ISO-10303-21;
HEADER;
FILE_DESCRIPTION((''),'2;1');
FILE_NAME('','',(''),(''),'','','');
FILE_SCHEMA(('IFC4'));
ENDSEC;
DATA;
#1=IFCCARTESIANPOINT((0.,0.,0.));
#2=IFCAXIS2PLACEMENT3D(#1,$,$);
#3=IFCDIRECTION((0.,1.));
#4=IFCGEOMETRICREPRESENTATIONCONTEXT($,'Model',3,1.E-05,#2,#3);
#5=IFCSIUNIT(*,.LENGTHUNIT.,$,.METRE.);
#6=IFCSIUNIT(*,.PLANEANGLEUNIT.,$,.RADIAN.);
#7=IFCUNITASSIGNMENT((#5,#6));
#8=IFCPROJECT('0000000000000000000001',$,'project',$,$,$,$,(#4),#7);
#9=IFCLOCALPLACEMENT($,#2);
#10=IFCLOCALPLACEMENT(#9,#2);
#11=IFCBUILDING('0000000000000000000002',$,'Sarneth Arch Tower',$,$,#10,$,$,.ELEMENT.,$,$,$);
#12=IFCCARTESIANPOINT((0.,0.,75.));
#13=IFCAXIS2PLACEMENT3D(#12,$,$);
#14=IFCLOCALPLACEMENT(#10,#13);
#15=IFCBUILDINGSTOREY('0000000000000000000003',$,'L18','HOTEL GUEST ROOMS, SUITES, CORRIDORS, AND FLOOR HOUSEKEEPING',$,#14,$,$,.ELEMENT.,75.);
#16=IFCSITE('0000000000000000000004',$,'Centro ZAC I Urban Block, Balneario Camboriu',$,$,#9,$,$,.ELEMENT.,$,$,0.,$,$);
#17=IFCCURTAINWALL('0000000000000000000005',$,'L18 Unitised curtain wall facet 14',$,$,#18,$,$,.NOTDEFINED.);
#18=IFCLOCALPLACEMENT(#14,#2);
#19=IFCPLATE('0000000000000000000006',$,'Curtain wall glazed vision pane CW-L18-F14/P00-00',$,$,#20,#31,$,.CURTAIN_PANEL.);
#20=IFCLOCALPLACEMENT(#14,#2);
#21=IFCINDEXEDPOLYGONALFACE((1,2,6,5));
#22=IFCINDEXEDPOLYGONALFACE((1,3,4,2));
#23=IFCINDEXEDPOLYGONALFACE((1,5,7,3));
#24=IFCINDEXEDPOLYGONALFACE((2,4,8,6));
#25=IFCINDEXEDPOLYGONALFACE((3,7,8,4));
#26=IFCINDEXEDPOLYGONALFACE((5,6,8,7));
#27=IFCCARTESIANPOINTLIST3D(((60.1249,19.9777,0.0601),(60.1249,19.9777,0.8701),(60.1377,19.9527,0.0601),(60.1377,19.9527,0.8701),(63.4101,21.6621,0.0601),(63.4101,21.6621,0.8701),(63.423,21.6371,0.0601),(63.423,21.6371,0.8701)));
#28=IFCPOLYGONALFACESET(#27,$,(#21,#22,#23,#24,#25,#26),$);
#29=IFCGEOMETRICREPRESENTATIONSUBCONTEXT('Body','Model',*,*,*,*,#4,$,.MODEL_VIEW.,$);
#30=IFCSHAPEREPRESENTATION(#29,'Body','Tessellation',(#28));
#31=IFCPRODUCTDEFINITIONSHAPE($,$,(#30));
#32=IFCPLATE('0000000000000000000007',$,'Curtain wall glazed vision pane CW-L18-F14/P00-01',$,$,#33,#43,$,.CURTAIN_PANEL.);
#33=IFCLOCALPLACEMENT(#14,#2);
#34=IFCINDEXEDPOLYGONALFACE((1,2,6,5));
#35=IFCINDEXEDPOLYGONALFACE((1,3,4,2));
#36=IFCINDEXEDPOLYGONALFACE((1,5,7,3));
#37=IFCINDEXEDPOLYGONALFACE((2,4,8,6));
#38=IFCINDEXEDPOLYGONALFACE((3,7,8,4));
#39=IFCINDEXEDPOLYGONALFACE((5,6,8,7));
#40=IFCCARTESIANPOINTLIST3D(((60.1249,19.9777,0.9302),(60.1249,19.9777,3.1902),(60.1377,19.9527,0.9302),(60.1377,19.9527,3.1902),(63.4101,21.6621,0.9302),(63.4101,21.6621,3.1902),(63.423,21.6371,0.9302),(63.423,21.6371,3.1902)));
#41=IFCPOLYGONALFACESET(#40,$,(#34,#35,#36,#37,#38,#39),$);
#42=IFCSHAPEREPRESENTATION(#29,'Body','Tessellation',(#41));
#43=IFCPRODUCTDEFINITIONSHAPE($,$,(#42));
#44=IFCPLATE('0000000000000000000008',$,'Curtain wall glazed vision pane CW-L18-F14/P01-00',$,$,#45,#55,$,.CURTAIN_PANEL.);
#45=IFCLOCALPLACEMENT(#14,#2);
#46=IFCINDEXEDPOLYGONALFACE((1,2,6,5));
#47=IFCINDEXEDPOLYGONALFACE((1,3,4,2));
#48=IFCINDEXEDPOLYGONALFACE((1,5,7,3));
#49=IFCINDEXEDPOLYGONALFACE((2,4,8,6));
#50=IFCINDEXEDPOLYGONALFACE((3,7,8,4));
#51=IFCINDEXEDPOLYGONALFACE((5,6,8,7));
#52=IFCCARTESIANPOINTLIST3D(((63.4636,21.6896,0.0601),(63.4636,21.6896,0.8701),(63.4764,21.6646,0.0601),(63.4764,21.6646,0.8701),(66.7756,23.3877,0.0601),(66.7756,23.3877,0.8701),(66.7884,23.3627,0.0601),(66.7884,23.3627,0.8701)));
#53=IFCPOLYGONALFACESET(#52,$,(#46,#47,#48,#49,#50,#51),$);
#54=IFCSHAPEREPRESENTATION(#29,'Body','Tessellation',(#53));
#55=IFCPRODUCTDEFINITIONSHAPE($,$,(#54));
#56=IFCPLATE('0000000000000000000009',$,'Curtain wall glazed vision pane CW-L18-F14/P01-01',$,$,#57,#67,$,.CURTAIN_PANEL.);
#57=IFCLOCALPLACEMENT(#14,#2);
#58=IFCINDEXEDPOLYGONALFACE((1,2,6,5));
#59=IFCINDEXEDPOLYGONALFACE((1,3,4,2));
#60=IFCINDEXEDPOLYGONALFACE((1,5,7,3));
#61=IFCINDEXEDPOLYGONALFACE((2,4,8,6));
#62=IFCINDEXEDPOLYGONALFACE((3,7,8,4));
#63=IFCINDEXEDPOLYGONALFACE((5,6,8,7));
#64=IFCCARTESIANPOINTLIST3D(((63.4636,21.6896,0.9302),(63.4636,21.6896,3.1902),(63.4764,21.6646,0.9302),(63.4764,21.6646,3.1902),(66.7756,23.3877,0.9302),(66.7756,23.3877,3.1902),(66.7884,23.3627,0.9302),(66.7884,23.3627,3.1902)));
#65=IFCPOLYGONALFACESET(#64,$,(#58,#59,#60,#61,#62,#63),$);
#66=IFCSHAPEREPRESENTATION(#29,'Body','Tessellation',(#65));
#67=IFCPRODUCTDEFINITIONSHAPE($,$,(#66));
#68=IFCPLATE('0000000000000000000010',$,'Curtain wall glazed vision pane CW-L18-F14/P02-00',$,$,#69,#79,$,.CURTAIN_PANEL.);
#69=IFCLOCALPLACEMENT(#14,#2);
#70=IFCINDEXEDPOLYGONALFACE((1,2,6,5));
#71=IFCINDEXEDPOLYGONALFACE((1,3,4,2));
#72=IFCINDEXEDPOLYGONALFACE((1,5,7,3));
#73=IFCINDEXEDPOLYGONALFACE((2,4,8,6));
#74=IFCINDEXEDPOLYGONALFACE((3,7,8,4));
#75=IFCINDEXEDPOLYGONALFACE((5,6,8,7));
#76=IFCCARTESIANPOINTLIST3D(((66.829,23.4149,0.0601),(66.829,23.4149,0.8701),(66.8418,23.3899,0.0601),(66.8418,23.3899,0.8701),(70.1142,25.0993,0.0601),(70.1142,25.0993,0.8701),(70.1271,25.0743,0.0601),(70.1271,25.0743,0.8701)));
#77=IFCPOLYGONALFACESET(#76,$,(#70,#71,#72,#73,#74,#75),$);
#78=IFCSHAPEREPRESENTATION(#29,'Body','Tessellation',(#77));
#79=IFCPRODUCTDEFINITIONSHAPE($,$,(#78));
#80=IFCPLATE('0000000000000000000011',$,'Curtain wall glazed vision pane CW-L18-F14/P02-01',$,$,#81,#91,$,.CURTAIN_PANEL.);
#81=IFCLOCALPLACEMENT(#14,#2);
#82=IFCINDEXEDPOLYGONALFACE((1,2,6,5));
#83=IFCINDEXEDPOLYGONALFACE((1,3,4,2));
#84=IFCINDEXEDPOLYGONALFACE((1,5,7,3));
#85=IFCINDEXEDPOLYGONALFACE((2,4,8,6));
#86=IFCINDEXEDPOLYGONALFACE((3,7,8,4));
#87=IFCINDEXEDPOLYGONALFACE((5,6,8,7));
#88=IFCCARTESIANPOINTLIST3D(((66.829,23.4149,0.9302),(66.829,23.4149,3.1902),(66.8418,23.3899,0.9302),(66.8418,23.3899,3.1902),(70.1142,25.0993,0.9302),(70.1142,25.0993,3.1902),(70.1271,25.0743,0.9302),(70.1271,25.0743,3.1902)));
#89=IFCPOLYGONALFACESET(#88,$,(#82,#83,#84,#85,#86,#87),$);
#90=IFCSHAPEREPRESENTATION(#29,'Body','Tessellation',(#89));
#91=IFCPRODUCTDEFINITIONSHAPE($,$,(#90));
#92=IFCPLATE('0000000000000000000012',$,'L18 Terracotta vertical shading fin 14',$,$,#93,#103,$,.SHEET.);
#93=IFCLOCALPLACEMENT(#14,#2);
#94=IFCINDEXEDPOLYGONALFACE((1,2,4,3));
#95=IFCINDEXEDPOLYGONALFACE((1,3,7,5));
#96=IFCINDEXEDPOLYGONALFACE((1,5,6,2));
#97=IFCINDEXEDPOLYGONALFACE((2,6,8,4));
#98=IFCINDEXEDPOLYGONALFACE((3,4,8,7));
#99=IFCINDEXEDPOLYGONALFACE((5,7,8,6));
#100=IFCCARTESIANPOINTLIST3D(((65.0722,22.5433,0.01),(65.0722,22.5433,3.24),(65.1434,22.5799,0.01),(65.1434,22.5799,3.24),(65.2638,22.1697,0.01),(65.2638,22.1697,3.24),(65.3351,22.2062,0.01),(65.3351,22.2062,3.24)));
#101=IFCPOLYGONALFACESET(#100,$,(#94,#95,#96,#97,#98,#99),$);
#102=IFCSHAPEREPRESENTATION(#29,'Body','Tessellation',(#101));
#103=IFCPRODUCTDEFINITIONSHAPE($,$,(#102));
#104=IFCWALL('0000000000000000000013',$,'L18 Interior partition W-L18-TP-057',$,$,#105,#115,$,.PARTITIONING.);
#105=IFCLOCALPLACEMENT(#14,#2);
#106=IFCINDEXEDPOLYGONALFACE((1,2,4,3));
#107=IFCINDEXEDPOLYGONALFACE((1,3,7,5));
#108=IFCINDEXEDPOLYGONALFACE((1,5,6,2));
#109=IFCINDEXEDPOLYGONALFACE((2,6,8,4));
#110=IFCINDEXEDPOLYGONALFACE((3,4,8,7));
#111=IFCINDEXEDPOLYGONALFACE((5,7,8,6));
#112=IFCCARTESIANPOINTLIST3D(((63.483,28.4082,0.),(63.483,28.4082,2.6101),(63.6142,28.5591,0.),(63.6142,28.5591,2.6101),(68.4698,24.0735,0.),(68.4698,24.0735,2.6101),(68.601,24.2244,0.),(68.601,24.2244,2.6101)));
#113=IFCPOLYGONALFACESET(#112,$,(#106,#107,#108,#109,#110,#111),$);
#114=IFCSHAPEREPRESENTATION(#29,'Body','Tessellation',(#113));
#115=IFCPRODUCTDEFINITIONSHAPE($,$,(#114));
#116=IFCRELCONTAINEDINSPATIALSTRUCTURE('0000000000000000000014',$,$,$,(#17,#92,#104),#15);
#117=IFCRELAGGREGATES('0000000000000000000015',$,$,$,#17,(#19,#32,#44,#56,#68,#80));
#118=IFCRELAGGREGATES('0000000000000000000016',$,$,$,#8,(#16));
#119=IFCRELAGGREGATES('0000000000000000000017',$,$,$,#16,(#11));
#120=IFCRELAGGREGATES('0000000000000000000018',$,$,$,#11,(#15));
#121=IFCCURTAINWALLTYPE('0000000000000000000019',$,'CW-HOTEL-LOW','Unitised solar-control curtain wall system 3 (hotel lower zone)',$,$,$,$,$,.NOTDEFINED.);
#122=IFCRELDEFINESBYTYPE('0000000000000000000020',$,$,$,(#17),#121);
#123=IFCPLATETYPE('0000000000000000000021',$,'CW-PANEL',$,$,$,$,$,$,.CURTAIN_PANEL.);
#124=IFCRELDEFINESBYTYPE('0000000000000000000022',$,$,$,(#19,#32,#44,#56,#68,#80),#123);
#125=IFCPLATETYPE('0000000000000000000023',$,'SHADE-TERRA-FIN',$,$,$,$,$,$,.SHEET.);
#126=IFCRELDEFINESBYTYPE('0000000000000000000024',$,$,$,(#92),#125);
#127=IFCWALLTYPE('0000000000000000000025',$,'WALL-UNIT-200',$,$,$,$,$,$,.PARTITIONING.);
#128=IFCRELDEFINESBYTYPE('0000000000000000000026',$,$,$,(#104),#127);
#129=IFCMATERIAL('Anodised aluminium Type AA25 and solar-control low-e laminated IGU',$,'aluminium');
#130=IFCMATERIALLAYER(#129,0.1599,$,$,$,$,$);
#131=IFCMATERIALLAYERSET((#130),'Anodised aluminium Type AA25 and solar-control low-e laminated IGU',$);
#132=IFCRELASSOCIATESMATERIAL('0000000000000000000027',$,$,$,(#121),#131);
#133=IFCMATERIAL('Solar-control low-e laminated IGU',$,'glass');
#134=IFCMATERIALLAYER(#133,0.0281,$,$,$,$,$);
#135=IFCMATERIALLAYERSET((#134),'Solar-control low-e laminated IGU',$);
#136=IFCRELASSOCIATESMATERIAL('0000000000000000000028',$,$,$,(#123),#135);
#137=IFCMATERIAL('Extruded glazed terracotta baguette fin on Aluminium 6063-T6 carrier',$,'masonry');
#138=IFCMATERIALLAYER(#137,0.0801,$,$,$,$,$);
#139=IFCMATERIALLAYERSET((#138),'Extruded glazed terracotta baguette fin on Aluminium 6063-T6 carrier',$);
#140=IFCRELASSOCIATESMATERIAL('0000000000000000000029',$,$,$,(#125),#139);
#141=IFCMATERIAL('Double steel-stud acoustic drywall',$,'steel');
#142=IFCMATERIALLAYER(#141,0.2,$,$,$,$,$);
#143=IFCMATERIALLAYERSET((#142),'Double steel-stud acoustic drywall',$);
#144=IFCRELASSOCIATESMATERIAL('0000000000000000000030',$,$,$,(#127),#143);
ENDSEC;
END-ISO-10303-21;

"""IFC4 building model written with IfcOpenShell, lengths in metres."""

from ifc_helpers import new_model, si_unit, direction, frame, frame_2d, origin, origin_2d, place, context, subcontext, project, spatial, rectangle, extrude, material, layer, layer_set, type_object, element, aggregate, save


model = new_model("IFC4")

# Units and contexts
model_context = context("Model", 3, precision=1e-05, world=origin(), true_north=direction((0.0, 1.0)))
body_context = subcontext(model_context, "Body", "Model", "MODEL_VIEW")
ifc_project = project(units=[si_unit("LENGTHUNIT", "METRE"), si_unit("PLANEANGLEUNIT", "RADIAN")], contexts=[model_context])

# Site, building, storey
site_placement = place(None, origin())
site = spatial("IfcSite", under=ifc_project, at=site_placement, Name="Centro ZAC I Urban Block, Balneario Camboriu", CompositionType="ELEMENT", RefElevation=0.0)
building_placement = place(site_placement, origin())
building = spatial("IfcBuilding", under=site, at=building_placement, Name="Sarneth Arch Tower", CompositionType="ELEMENT")
storey_placement = place(building_placement, frame((0.0, 0.0, 75.0)))
storey = spatial("IfcBuildingStorey", under=building, at=storey_placement, Name="L18", Description="HOTEL GUEST ROOMS, SUITES, CORRIDORS, AND FLOOR HOUSEKEEPING", CompositionType="ELEMENT", Elevation=75.0)

# Curtain wall, plates
ifc_material_1 = material(Name="Anodised aluminium Type AA25 and solar-control low-e laminated IGU", Category="aluminium")
ifc_layer_1 = layer(ifc_material_1, 0.1599)
ifc_layer_set_1 = layer_set([ifc_layer_1], Name="Anodised aluminium Type AA25 and solar-control low-e laminated IGU")
curtain_wall_type = type_object("IfcCurtainWallType", Name="CW-HOTEL-LOW", Description="Unitised solar-control curtain wall system 3 (hotel lower zone)", PredefinedType="NOTDEFINED", material=ifc_layer_set_1)
curtain_wall_placement = place(storey_placement, origin())
curtain_wall = element("IfcCurtainWall", 1, at=curtain_wall_placement, inside=storey, type_object=curtain_wall_type, Name="L18 Unitised curtain wall facet 14", PredefinedType="NOTDEFINED")
ifc_material_2 = material(Name="Solar-control low-e laminated IGU", Category="glass")
ifc_layer_2 = layer(ifc_material_2, 0.0281)
ifc_layer_set_2 = layer_set([ifc_layer_2], Name="Solar-control low-e laminated IGU")
plate_type_1 = type_object("IfcPlateType", Name="CW-PANEL", PredefinedType="CURTAIN_PANEL", material=ifc_layer_set_2)
plate_1_placement = place(storey_placement, frame((61.7739, 20.8074, 0.0601), z_axis=(0.0, 0.0, 1.0), x_axis=(0.889854, 0.456245, 0.0)))
plate_1 = element("IfcPlate", 2, at=plate_1_placement, type_object=plate_type_1, Name="Curtain wall glazed vision pane CW-L18-F14/P00-00", PredefinedType="CURTAIN_PANEL", context=body_context, shape_type="SweptSolid", body=[
    extrude(rectangle(XDim=3.6919, YDim=0.0281, at=origin_2d()), origin(), (0.0, 0.0, 1.0), 0.8101),
])
plate_2_placement = place(storey_placement, frame((61.7739, 20.8074, 0.9302), z_axis=(0.0, 0.0, 1.0), x_axis=(0.889854, 0.456245, 0.0)))
plate_2 = element("IfcPlate", 3, at=plate_2_placement, type_object=plate_type_1, Name="Curtain wall glazed vision pane CW-L18-F14/P00-01", PredefinedType="CURTAIN_PANEL", context=body_context, shape_type="SweptSolid", body=[
    extrude(rectangle(XDim=3.6919, YDim=0.0281, at=origin_2d()), origin(), (0.0, 0.0, 1.0), 2.26),
])
plate_3_placement = place(storey_placement, frame((65.126, 22.5261, 0.0601), z_axis=(0.0, 0.0, 1.0), x_axis=(0.889854, 0.456245, 0.0)))
plate_3 = element("IfcPlate", 4, at=plate_3_placement, type_object=plate_type_1, Name="Curtain wall glazed vision pane CW-L18-F14/P01-00", PredefinedType="CURTAIN_PANEL", context=body_context, shape_type="SweptSolid", body=[
    extrude(rectangle(XDim=3.7219, YDim=0.0281, at=origin_2d()), origin(), (0.0, 0.0, 1.0), 0.8101),
])
plate_4_placement = place(storey_placement, frame((65.126, 22.5261, 0.9302), z_axis=(0.0, 0.0, 1.0), x_axis=(0.889854, 0.456245, 0.0)))
plate_4 = element("IfcPlate", 5, at=plate_4_placement, type_object=plate_type_1, Name="Curtain wall glazed vision pane CW-L18-F14/P01-01", PredefinedType="CURTAIN_PANEL", context=body_context, shape_type="SweptSolid", body=[
    extrude(rectangle(XDim=3.7219, YDim=0.0281, at=origin_2d()), origin(), (0.0, 0.0, 1.0), 2.26),
])
plate_5_placement = place(storey_placement, frame((68.478, 24.2446, 0.0601), z_axis=(0.0, 0.0, 1.0), x_axis=(0.889854, 0.456245, 0.0)))
plate_5 = element("IfcPlate", 6, at=plate_5_placement, type_object=plate_type_1, Name="Curtain wall glazed vision pane CW-L18-F14/P02-00", PredefinedType="CURTAIN_PANEL", context=body_context, shape_type="SweptSolid", body=[
    extrude(rectangle(XDim=3.6919, YDim=0.0281, at=origin_2d()), origin(), (0.0, 0.0, 1.0), 0.8101),
])
plate_6_placement = place(storey_placement, frame((68.478, 24.2446, 0.9302), z_axis=(0.0, 0.0, 1.0), x_axis=(0.889854, 0.456245, 0.0)))
plate_6 = element("IfcPlate", 7, at=plate_6_placement, type_object=plate_type_1, Name="Curtain wall glazed vision pane CW-L18-F14/P02-01", PredefinedType="CURTAIN_PANEL", context=body_context, shape_type="SweptSolid", body=[
    extrude(rectangle(XDim=3.6919, YDim=0.0281, at=origin_2d()), origin(), (0.0, 0.0, 1.0), 2.26),
])
aggregate(curtain_wall, [plate_1, plate_2, plate_3, plate_4, plate_5, plate_6])

# Plate
ifc_material_3 = material(Name="Extruded glazed terracotta baguette fin on Aluminium 6063-T6 carrier", Category="masonry")
ifc_layer_3 = layer(ifc_material_3, 0.0801)
ifc_layer_set_3 = layer_set([ifc_layer_3], Name="Extruded glazed terracotta baguette fin on Aluminium 6063-T6 carrier")
plate_type_2 = type_object("IfcPlateType", Name="SHADE-TERRA-FIN", PredefinedType="SHEET", material=ifc_layer_set_3)
plate_7_placement = place(storey_placement, frame((65.2036, 22.3748, 0.01), z_axis=(0.0, 0.0, 1.0), x_axis=(0.456322, -0.889815, 0.0)))
element("IfcPlate", 8, at=plate_7_placement, inside=storey, type_object=plate_type_2, Name="L18 Terracotta vertical shading fin 14", PredefinedType="SHEET", context=body_context, shape_type="SweptSolid", body=[
    extrude(rectangle(XDim=0.4199, YDim=0.0801, at=origin_2d()), origin(), (0.0, 0.0, 1.0), 3.23),
])

# Wall
ifc_material_4 = material(Name="Double steel-stud acoustic drywall", Category="steel")
ifc_layer_4 = layer(ifc_material_4, 0.2)
ifc_layer_set_4 = layer_set([ifc_layer_4], Name="Double steel-stud acoustic drywall")
wall_type = type_object("IfcWallType", Name="WALL-UNIT-200", PredefinedType="PARTITIONING", material=ifc_layer_set_4)
wall_placement = place(storey_placement, frame((68.5354, 24.1489, 0.0), z_axis=(0.0, 0.0, 1.0), x_axis=(-0.754729, 0.656037, 0.0)))
element("IfcWall", 9, at=wall_placement, inside=storey, type_object=wall_type, Name="L18 Interior partition W-L18-TP-057", PredefinedType="PARTITIONING", context=body_context, shape_type="SweptSolid", body=[
    extrude(rectangle(XDim=6.6074, YDim=0.2, at=frame_2d((3.3037, 0.0))), origin(), (0.0, 0.0, 1.0), 2.6101),
])

save(model, "model.ifc")
